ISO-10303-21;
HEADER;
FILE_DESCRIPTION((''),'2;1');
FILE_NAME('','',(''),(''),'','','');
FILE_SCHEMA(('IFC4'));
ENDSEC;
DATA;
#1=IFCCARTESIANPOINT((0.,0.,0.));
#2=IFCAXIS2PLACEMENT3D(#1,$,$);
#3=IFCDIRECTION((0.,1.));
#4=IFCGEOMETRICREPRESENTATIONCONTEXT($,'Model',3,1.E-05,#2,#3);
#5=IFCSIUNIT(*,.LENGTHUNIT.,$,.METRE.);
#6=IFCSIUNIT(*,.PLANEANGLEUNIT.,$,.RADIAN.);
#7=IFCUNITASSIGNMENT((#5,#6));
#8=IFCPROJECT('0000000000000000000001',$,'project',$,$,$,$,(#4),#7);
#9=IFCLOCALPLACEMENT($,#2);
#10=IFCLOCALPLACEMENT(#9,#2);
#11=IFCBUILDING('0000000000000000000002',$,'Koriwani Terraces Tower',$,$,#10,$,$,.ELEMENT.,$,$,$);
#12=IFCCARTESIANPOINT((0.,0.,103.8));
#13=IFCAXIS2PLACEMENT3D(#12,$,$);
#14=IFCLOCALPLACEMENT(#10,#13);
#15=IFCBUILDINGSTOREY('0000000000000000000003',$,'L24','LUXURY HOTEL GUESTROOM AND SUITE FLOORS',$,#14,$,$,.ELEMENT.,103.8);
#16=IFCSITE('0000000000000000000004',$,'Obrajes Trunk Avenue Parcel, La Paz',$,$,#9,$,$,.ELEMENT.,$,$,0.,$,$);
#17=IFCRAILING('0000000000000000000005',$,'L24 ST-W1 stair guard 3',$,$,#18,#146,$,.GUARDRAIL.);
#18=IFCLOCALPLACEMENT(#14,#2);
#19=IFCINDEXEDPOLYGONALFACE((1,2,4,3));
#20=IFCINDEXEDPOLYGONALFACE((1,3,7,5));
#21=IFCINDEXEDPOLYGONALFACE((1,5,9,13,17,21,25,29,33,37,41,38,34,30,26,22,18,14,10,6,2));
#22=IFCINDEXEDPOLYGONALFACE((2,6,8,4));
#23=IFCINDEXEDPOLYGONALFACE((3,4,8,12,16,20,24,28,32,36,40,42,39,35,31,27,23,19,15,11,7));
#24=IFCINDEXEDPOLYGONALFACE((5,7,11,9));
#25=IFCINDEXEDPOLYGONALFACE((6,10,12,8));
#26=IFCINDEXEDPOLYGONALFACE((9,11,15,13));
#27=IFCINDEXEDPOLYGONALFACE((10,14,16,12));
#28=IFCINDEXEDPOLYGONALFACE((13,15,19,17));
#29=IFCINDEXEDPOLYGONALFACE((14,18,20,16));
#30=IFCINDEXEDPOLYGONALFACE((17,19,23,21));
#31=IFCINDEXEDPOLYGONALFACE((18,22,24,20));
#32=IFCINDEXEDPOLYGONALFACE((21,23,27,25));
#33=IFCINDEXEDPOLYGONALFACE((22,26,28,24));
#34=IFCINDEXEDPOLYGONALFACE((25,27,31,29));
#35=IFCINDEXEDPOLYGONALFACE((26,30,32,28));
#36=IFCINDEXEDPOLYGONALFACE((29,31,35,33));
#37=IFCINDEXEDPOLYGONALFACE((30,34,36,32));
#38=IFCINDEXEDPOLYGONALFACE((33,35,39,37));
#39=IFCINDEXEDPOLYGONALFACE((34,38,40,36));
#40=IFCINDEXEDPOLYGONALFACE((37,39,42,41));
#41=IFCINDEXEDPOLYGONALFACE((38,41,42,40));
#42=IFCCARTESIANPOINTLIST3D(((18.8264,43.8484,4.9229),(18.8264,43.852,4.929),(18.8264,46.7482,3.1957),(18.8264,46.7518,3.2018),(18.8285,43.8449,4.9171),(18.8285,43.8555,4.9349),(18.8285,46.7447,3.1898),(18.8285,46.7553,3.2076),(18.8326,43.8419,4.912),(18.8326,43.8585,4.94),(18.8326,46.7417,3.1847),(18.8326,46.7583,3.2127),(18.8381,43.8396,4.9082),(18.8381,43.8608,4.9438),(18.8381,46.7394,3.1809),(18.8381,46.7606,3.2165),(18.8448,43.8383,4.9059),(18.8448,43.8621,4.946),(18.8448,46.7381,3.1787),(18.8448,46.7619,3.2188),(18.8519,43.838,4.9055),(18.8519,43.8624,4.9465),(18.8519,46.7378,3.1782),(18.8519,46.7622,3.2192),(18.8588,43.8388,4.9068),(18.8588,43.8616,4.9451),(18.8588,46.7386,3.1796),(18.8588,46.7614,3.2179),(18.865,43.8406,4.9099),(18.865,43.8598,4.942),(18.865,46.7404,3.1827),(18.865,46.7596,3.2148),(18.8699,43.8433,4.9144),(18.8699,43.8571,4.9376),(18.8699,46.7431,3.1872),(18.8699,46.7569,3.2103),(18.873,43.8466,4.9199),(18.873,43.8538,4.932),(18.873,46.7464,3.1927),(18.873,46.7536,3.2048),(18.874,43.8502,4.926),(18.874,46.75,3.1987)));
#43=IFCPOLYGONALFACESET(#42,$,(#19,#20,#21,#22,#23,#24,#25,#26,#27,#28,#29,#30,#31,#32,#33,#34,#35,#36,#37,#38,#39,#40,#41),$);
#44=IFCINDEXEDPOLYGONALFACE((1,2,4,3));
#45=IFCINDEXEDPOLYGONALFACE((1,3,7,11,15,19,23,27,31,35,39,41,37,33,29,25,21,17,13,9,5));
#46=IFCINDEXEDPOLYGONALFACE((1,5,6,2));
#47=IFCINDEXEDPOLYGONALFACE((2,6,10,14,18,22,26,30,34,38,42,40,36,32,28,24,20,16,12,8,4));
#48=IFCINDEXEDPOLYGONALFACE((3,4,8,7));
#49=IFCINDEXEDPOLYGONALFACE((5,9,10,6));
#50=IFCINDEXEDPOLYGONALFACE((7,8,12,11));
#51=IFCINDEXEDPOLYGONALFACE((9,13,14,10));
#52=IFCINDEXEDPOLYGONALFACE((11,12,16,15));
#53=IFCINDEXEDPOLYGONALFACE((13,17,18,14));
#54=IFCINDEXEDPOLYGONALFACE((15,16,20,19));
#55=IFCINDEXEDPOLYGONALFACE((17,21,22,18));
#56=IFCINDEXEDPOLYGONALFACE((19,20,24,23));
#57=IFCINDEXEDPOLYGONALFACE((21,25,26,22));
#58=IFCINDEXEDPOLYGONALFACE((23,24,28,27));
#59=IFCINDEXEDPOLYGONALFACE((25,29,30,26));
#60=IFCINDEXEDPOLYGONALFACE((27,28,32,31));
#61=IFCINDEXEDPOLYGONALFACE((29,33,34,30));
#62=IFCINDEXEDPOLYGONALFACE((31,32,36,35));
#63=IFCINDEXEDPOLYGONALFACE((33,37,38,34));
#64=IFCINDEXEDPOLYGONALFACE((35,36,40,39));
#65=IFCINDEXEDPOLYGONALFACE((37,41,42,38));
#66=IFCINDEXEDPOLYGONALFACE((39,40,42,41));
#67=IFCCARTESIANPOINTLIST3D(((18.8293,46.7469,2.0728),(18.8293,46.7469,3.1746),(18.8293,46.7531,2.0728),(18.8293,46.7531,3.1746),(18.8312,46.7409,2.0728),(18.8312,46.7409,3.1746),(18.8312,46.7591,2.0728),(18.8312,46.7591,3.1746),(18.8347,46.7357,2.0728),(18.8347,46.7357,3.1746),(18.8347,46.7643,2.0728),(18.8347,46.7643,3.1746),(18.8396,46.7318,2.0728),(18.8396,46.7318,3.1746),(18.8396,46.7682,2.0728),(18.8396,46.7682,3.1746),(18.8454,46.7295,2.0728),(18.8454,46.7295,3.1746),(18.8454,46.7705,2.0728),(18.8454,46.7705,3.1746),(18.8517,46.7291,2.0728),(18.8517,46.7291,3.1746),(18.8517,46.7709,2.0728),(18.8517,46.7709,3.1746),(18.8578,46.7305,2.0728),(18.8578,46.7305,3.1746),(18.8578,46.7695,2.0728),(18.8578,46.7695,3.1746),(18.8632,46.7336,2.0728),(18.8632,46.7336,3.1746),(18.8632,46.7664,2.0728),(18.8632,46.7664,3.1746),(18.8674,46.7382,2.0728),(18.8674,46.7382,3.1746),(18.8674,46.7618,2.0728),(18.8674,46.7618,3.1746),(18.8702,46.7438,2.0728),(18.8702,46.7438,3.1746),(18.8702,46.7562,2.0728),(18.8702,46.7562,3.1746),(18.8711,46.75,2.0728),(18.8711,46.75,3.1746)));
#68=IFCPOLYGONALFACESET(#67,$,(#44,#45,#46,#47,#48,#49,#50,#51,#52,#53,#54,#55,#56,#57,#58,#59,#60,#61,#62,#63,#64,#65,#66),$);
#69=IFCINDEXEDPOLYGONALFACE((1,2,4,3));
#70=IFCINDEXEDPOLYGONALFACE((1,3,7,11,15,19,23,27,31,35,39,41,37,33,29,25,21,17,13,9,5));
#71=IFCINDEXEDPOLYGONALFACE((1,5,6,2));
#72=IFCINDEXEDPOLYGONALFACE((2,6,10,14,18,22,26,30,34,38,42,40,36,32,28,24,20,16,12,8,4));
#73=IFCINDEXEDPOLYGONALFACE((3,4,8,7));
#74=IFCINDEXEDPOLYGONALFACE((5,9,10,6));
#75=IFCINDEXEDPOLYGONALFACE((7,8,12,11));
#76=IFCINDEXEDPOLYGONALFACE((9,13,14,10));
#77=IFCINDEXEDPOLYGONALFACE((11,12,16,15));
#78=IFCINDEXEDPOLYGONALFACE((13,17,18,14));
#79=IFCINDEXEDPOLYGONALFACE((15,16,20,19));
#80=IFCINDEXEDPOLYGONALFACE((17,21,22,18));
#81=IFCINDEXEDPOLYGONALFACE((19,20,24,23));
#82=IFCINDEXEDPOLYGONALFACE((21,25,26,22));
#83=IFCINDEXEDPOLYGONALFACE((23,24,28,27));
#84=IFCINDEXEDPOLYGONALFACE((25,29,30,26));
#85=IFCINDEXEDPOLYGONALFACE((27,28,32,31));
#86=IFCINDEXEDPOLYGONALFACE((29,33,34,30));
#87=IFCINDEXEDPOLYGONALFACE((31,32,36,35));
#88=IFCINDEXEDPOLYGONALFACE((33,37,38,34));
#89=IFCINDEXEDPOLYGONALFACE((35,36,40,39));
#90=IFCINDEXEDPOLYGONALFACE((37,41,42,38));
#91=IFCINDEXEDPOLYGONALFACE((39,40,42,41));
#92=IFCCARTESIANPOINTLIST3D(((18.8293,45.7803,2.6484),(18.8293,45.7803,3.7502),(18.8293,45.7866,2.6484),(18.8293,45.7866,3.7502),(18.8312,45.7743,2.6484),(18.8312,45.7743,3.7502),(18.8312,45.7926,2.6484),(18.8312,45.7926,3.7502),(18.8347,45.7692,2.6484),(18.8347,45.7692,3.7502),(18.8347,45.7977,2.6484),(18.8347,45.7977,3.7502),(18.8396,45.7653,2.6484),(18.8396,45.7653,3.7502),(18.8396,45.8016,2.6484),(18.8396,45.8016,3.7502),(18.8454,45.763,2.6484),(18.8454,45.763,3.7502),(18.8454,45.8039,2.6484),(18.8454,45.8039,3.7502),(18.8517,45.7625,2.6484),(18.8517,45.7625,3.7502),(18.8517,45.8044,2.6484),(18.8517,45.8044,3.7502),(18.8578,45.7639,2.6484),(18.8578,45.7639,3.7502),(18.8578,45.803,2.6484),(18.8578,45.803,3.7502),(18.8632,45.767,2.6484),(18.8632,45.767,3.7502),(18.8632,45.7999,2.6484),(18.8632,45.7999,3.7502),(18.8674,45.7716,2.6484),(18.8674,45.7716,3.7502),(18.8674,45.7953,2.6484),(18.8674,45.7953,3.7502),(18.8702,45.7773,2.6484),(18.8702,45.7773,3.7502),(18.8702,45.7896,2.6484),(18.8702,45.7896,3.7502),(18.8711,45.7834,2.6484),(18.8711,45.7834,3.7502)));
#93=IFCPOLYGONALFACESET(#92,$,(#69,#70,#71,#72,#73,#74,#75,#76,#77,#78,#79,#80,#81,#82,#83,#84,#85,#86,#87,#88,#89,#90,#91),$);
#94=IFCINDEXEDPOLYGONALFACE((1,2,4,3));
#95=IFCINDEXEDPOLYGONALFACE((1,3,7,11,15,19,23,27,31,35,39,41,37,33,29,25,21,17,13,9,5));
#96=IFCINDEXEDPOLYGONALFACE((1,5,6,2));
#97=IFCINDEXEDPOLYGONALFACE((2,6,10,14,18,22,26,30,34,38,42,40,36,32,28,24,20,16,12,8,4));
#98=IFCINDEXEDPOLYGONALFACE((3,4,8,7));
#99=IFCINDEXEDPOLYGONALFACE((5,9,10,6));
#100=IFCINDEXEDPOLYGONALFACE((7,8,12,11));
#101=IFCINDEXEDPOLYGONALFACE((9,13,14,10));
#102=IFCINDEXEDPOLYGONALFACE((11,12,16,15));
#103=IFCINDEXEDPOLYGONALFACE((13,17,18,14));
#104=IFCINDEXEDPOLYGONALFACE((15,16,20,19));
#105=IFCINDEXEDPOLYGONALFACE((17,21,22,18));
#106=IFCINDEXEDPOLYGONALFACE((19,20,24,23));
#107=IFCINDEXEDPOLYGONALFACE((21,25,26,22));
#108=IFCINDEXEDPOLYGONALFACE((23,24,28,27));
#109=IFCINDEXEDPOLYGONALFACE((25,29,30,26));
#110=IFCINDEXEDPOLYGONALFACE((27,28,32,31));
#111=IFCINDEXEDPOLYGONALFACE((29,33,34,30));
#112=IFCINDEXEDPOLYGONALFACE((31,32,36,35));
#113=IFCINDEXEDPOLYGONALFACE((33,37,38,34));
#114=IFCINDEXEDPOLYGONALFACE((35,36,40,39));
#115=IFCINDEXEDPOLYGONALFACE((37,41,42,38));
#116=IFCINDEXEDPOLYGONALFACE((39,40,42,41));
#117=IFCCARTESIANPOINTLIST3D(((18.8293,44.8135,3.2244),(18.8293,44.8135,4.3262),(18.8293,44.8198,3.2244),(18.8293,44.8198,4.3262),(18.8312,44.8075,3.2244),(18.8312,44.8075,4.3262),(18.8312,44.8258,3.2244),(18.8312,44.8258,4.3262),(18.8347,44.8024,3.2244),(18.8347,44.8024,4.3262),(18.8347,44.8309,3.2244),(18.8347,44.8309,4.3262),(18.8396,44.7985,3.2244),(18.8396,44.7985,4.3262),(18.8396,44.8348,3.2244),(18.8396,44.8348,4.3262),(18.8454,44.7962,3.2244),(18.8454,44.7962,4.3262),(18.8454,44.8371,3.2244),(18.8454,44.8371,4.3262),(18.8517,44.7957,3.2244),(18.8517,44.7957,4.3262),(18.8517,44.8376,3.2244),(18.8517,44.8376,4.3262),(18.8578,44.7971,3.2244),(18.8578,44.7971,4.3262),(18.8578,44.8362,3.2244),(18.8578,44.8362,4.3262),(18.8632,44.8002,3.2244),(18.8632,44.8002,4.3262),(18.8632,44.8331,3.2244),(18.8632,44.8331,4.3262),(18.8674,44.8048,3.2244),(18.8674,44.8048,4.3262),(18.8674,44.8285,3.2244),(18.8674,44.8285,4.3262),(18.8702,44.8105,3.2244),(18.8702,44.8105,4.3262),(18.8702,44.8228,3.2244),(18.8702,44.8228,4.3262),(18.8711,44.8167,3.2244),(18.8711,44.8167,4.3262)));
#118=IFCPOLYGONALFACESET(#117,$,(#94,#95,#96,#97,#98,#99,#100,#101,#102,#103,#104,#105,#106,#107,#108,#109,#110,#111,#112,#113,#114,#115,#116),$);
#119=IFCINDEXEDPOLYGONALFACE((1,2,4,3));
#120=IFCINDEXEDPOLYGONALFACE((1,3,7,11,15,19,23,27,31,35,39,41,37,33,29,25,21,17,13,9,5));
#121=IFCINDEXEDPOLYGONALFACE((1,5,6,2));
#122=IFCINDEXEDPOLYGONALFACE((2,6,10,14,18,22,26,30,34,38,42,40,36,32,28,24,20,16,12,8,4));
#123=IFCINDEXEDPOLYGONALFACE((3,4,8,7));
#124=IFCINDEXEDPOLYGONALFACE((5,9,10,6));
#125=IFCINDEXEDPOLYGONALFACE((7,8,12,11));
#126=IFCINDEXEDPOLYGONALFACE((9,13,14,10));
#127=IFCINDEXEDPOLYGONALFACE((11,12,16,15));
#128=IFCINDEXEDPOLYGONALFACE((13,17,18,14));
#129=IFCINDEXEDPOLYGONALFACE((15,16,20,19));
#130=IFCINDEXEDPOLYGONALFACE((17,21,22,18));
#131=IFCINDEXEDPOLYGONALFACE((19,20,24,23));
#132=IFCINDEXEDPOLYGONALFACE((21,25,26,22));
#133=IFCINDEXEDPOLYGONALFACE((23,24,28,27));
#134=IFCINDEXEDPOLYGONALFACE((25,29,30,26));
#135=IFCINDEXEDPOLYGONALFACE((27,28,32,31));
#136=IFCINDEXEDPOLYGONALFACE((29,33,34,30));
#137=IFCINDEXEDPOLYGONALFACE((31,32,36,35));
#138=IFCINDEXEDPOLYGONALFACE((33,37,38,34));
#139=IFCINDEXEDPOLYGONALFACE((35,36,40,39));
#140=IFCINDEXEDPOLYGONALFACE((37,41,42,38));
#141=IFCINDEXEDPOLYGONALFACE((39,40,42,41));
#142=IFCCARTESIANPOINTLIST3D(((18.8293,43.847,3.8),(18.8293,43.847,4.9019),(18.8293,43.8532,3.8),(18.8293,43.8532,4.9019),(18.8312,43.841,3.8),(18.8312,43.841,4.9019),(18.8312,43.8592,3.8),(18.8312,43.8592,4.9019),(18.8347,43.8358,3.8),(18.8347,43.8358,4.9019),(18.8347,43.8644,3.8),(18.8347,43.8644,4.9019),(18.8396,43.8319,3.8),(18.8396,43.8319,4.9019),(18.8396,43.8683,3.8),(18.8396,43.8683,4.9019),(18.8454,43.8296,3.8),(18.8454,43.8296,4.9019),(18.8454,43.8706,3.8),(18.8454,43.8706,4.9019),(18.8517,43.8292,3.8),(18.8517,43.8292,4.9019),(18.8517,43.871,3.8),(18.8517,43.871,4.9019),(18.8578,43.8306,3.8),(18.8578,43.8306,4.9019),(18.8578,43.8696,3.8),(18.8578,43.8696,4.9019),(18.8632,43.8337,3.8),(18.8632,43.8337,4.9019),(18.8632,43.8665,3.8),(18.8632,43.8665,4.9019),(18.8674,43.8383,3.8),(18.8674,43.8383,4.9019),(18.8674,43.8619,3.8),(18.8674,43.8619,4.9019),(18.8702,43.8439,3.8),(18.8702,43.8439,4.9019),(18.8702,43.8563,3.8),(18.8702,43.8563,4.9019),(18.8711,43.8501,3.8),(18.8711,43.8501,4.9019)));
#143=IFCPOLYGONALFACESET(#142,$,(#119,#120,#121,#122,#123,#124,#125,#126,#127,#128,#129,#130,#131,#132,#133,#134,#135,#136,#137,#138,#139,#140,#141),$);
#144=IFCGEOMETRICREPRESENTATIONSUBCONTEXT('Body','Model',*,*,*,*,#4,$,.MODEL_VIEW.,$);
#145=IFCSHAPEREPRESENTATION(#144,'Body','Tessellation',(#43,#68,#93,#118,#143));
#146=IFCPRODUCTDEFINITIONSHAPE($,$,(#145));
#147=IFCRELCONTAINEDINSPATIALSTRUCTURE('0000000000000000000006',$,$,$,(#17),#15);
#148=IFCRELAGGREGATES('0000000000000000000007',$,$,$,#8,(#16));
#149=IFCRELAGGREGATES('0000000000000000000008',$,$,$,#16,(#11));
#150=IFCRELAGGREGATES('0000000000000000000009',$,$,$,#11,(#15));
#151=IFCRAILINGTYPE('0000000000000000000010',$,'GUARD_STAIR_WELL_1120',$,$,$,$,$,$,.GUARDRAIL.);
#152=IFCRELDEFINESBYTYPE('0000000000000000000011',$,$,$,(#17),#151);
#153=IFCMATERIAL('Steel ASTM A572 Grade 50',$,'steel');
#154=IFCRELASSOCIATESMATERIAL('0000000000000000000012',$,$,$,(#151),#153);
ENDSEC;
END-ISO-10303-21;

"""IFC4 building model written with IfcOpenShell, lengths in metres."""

from ifc_helpers import new_model, si_unit, direction, frame, origin, origin_2d, place, context, subcontext, project, spatial, circle, extrude, material, type_object, element, save


model = new_model("IFC4")

# Units and contexts
model_context = context("Model", 3, precision=1e-05, world=origin(), true_north=direction((0.0, 1.0)))
body_context = subcontext(model_context, "Body", "Model", "MODEL_VIEW")
ifc_project = project(units=[si_unit("LENGTHUNIT", "METRE"), si_unit("PLANEANGLEUNIT", "RADIAN")], contexts=[model_context])

# Site, building, storey
site_placement = place(None, origin())
site = spatial("IfcSite", under=ifc_project, at=site_placement, Name="Obrajes Trunk Avenue Parcel, La Paz", CompositionType="ELEMENT", RefElevation=0.0)
building_placement = place(site_placement, origin())
building = spatial("IfcBuilding", under=site, at=building_placement, Name="Koriwani Terraces Tower", CompositionType="ELEMENT")
storey_placement = place(building_placement, frame((0.0, 0.0, 103.8)))
storey = spatial("IfcBuildingStorey", under=building, at=storey_placement, Name="L24", Description="LUXURY HOTEL GUESTROOM AND SUITE FLOORS", CompositionType="ELEMENT", Elevation=103.8)

# Shared definitions
ifc_material_1 = material(Name="Steel ASTM A572 Grade 50", Category="steel")

# Railing
railing_type_1 = type_object("IfcRailingType", Name="GUARD_STAIR_WELL_1120", PredefinedType="GUARDRAIL", material=ifc_material_1)
railing_1_placement = place(storey_placement, frame((18.8501, 46.75, 2.0728)))
element("IfcRailing", 1, at=railing_1_placement, inside=storey, type_object=railing_type_1, Name="L24 ST-W1 stair guard 3", PredefinedType="GUARDRAIL", context=body_context, shape_type="SweptSolid", body=[
    extrude(circle(Radius=0.0239, at=origin_2d()), frame((0.0, 0.0, 1.126), z_axis=(0.0, -0.859141, 0.511738), x_axis=(1.0, 0.0, 0.0)), (0.0, 0.0, 1.0), 3.3752),
    extrude(circle(Radius=0.021, at=origin_2d()), origin(), (0.0, 0.0, 1.0), 1.1018),
    extrude(circle(Radius=0.021, at=origin_2d()), frame((0.0, -0.9666, 0.5757)), (0.0, 0.0, 1.0), 1.1018),
    extrude(circle(Radius=0.021, at=origin_2d()), frame((0.0, -1.9333, 1.1516)), (0.0, 0.0, 1.0), 1.1018),
    extrude(circle(Radius=0.021, at=origin_2d()), frame((0.0, -2.8999, 1.7273)), (0.0, 0.0, 1.0), 1.1018),
])

save(model, "model.ifc")
